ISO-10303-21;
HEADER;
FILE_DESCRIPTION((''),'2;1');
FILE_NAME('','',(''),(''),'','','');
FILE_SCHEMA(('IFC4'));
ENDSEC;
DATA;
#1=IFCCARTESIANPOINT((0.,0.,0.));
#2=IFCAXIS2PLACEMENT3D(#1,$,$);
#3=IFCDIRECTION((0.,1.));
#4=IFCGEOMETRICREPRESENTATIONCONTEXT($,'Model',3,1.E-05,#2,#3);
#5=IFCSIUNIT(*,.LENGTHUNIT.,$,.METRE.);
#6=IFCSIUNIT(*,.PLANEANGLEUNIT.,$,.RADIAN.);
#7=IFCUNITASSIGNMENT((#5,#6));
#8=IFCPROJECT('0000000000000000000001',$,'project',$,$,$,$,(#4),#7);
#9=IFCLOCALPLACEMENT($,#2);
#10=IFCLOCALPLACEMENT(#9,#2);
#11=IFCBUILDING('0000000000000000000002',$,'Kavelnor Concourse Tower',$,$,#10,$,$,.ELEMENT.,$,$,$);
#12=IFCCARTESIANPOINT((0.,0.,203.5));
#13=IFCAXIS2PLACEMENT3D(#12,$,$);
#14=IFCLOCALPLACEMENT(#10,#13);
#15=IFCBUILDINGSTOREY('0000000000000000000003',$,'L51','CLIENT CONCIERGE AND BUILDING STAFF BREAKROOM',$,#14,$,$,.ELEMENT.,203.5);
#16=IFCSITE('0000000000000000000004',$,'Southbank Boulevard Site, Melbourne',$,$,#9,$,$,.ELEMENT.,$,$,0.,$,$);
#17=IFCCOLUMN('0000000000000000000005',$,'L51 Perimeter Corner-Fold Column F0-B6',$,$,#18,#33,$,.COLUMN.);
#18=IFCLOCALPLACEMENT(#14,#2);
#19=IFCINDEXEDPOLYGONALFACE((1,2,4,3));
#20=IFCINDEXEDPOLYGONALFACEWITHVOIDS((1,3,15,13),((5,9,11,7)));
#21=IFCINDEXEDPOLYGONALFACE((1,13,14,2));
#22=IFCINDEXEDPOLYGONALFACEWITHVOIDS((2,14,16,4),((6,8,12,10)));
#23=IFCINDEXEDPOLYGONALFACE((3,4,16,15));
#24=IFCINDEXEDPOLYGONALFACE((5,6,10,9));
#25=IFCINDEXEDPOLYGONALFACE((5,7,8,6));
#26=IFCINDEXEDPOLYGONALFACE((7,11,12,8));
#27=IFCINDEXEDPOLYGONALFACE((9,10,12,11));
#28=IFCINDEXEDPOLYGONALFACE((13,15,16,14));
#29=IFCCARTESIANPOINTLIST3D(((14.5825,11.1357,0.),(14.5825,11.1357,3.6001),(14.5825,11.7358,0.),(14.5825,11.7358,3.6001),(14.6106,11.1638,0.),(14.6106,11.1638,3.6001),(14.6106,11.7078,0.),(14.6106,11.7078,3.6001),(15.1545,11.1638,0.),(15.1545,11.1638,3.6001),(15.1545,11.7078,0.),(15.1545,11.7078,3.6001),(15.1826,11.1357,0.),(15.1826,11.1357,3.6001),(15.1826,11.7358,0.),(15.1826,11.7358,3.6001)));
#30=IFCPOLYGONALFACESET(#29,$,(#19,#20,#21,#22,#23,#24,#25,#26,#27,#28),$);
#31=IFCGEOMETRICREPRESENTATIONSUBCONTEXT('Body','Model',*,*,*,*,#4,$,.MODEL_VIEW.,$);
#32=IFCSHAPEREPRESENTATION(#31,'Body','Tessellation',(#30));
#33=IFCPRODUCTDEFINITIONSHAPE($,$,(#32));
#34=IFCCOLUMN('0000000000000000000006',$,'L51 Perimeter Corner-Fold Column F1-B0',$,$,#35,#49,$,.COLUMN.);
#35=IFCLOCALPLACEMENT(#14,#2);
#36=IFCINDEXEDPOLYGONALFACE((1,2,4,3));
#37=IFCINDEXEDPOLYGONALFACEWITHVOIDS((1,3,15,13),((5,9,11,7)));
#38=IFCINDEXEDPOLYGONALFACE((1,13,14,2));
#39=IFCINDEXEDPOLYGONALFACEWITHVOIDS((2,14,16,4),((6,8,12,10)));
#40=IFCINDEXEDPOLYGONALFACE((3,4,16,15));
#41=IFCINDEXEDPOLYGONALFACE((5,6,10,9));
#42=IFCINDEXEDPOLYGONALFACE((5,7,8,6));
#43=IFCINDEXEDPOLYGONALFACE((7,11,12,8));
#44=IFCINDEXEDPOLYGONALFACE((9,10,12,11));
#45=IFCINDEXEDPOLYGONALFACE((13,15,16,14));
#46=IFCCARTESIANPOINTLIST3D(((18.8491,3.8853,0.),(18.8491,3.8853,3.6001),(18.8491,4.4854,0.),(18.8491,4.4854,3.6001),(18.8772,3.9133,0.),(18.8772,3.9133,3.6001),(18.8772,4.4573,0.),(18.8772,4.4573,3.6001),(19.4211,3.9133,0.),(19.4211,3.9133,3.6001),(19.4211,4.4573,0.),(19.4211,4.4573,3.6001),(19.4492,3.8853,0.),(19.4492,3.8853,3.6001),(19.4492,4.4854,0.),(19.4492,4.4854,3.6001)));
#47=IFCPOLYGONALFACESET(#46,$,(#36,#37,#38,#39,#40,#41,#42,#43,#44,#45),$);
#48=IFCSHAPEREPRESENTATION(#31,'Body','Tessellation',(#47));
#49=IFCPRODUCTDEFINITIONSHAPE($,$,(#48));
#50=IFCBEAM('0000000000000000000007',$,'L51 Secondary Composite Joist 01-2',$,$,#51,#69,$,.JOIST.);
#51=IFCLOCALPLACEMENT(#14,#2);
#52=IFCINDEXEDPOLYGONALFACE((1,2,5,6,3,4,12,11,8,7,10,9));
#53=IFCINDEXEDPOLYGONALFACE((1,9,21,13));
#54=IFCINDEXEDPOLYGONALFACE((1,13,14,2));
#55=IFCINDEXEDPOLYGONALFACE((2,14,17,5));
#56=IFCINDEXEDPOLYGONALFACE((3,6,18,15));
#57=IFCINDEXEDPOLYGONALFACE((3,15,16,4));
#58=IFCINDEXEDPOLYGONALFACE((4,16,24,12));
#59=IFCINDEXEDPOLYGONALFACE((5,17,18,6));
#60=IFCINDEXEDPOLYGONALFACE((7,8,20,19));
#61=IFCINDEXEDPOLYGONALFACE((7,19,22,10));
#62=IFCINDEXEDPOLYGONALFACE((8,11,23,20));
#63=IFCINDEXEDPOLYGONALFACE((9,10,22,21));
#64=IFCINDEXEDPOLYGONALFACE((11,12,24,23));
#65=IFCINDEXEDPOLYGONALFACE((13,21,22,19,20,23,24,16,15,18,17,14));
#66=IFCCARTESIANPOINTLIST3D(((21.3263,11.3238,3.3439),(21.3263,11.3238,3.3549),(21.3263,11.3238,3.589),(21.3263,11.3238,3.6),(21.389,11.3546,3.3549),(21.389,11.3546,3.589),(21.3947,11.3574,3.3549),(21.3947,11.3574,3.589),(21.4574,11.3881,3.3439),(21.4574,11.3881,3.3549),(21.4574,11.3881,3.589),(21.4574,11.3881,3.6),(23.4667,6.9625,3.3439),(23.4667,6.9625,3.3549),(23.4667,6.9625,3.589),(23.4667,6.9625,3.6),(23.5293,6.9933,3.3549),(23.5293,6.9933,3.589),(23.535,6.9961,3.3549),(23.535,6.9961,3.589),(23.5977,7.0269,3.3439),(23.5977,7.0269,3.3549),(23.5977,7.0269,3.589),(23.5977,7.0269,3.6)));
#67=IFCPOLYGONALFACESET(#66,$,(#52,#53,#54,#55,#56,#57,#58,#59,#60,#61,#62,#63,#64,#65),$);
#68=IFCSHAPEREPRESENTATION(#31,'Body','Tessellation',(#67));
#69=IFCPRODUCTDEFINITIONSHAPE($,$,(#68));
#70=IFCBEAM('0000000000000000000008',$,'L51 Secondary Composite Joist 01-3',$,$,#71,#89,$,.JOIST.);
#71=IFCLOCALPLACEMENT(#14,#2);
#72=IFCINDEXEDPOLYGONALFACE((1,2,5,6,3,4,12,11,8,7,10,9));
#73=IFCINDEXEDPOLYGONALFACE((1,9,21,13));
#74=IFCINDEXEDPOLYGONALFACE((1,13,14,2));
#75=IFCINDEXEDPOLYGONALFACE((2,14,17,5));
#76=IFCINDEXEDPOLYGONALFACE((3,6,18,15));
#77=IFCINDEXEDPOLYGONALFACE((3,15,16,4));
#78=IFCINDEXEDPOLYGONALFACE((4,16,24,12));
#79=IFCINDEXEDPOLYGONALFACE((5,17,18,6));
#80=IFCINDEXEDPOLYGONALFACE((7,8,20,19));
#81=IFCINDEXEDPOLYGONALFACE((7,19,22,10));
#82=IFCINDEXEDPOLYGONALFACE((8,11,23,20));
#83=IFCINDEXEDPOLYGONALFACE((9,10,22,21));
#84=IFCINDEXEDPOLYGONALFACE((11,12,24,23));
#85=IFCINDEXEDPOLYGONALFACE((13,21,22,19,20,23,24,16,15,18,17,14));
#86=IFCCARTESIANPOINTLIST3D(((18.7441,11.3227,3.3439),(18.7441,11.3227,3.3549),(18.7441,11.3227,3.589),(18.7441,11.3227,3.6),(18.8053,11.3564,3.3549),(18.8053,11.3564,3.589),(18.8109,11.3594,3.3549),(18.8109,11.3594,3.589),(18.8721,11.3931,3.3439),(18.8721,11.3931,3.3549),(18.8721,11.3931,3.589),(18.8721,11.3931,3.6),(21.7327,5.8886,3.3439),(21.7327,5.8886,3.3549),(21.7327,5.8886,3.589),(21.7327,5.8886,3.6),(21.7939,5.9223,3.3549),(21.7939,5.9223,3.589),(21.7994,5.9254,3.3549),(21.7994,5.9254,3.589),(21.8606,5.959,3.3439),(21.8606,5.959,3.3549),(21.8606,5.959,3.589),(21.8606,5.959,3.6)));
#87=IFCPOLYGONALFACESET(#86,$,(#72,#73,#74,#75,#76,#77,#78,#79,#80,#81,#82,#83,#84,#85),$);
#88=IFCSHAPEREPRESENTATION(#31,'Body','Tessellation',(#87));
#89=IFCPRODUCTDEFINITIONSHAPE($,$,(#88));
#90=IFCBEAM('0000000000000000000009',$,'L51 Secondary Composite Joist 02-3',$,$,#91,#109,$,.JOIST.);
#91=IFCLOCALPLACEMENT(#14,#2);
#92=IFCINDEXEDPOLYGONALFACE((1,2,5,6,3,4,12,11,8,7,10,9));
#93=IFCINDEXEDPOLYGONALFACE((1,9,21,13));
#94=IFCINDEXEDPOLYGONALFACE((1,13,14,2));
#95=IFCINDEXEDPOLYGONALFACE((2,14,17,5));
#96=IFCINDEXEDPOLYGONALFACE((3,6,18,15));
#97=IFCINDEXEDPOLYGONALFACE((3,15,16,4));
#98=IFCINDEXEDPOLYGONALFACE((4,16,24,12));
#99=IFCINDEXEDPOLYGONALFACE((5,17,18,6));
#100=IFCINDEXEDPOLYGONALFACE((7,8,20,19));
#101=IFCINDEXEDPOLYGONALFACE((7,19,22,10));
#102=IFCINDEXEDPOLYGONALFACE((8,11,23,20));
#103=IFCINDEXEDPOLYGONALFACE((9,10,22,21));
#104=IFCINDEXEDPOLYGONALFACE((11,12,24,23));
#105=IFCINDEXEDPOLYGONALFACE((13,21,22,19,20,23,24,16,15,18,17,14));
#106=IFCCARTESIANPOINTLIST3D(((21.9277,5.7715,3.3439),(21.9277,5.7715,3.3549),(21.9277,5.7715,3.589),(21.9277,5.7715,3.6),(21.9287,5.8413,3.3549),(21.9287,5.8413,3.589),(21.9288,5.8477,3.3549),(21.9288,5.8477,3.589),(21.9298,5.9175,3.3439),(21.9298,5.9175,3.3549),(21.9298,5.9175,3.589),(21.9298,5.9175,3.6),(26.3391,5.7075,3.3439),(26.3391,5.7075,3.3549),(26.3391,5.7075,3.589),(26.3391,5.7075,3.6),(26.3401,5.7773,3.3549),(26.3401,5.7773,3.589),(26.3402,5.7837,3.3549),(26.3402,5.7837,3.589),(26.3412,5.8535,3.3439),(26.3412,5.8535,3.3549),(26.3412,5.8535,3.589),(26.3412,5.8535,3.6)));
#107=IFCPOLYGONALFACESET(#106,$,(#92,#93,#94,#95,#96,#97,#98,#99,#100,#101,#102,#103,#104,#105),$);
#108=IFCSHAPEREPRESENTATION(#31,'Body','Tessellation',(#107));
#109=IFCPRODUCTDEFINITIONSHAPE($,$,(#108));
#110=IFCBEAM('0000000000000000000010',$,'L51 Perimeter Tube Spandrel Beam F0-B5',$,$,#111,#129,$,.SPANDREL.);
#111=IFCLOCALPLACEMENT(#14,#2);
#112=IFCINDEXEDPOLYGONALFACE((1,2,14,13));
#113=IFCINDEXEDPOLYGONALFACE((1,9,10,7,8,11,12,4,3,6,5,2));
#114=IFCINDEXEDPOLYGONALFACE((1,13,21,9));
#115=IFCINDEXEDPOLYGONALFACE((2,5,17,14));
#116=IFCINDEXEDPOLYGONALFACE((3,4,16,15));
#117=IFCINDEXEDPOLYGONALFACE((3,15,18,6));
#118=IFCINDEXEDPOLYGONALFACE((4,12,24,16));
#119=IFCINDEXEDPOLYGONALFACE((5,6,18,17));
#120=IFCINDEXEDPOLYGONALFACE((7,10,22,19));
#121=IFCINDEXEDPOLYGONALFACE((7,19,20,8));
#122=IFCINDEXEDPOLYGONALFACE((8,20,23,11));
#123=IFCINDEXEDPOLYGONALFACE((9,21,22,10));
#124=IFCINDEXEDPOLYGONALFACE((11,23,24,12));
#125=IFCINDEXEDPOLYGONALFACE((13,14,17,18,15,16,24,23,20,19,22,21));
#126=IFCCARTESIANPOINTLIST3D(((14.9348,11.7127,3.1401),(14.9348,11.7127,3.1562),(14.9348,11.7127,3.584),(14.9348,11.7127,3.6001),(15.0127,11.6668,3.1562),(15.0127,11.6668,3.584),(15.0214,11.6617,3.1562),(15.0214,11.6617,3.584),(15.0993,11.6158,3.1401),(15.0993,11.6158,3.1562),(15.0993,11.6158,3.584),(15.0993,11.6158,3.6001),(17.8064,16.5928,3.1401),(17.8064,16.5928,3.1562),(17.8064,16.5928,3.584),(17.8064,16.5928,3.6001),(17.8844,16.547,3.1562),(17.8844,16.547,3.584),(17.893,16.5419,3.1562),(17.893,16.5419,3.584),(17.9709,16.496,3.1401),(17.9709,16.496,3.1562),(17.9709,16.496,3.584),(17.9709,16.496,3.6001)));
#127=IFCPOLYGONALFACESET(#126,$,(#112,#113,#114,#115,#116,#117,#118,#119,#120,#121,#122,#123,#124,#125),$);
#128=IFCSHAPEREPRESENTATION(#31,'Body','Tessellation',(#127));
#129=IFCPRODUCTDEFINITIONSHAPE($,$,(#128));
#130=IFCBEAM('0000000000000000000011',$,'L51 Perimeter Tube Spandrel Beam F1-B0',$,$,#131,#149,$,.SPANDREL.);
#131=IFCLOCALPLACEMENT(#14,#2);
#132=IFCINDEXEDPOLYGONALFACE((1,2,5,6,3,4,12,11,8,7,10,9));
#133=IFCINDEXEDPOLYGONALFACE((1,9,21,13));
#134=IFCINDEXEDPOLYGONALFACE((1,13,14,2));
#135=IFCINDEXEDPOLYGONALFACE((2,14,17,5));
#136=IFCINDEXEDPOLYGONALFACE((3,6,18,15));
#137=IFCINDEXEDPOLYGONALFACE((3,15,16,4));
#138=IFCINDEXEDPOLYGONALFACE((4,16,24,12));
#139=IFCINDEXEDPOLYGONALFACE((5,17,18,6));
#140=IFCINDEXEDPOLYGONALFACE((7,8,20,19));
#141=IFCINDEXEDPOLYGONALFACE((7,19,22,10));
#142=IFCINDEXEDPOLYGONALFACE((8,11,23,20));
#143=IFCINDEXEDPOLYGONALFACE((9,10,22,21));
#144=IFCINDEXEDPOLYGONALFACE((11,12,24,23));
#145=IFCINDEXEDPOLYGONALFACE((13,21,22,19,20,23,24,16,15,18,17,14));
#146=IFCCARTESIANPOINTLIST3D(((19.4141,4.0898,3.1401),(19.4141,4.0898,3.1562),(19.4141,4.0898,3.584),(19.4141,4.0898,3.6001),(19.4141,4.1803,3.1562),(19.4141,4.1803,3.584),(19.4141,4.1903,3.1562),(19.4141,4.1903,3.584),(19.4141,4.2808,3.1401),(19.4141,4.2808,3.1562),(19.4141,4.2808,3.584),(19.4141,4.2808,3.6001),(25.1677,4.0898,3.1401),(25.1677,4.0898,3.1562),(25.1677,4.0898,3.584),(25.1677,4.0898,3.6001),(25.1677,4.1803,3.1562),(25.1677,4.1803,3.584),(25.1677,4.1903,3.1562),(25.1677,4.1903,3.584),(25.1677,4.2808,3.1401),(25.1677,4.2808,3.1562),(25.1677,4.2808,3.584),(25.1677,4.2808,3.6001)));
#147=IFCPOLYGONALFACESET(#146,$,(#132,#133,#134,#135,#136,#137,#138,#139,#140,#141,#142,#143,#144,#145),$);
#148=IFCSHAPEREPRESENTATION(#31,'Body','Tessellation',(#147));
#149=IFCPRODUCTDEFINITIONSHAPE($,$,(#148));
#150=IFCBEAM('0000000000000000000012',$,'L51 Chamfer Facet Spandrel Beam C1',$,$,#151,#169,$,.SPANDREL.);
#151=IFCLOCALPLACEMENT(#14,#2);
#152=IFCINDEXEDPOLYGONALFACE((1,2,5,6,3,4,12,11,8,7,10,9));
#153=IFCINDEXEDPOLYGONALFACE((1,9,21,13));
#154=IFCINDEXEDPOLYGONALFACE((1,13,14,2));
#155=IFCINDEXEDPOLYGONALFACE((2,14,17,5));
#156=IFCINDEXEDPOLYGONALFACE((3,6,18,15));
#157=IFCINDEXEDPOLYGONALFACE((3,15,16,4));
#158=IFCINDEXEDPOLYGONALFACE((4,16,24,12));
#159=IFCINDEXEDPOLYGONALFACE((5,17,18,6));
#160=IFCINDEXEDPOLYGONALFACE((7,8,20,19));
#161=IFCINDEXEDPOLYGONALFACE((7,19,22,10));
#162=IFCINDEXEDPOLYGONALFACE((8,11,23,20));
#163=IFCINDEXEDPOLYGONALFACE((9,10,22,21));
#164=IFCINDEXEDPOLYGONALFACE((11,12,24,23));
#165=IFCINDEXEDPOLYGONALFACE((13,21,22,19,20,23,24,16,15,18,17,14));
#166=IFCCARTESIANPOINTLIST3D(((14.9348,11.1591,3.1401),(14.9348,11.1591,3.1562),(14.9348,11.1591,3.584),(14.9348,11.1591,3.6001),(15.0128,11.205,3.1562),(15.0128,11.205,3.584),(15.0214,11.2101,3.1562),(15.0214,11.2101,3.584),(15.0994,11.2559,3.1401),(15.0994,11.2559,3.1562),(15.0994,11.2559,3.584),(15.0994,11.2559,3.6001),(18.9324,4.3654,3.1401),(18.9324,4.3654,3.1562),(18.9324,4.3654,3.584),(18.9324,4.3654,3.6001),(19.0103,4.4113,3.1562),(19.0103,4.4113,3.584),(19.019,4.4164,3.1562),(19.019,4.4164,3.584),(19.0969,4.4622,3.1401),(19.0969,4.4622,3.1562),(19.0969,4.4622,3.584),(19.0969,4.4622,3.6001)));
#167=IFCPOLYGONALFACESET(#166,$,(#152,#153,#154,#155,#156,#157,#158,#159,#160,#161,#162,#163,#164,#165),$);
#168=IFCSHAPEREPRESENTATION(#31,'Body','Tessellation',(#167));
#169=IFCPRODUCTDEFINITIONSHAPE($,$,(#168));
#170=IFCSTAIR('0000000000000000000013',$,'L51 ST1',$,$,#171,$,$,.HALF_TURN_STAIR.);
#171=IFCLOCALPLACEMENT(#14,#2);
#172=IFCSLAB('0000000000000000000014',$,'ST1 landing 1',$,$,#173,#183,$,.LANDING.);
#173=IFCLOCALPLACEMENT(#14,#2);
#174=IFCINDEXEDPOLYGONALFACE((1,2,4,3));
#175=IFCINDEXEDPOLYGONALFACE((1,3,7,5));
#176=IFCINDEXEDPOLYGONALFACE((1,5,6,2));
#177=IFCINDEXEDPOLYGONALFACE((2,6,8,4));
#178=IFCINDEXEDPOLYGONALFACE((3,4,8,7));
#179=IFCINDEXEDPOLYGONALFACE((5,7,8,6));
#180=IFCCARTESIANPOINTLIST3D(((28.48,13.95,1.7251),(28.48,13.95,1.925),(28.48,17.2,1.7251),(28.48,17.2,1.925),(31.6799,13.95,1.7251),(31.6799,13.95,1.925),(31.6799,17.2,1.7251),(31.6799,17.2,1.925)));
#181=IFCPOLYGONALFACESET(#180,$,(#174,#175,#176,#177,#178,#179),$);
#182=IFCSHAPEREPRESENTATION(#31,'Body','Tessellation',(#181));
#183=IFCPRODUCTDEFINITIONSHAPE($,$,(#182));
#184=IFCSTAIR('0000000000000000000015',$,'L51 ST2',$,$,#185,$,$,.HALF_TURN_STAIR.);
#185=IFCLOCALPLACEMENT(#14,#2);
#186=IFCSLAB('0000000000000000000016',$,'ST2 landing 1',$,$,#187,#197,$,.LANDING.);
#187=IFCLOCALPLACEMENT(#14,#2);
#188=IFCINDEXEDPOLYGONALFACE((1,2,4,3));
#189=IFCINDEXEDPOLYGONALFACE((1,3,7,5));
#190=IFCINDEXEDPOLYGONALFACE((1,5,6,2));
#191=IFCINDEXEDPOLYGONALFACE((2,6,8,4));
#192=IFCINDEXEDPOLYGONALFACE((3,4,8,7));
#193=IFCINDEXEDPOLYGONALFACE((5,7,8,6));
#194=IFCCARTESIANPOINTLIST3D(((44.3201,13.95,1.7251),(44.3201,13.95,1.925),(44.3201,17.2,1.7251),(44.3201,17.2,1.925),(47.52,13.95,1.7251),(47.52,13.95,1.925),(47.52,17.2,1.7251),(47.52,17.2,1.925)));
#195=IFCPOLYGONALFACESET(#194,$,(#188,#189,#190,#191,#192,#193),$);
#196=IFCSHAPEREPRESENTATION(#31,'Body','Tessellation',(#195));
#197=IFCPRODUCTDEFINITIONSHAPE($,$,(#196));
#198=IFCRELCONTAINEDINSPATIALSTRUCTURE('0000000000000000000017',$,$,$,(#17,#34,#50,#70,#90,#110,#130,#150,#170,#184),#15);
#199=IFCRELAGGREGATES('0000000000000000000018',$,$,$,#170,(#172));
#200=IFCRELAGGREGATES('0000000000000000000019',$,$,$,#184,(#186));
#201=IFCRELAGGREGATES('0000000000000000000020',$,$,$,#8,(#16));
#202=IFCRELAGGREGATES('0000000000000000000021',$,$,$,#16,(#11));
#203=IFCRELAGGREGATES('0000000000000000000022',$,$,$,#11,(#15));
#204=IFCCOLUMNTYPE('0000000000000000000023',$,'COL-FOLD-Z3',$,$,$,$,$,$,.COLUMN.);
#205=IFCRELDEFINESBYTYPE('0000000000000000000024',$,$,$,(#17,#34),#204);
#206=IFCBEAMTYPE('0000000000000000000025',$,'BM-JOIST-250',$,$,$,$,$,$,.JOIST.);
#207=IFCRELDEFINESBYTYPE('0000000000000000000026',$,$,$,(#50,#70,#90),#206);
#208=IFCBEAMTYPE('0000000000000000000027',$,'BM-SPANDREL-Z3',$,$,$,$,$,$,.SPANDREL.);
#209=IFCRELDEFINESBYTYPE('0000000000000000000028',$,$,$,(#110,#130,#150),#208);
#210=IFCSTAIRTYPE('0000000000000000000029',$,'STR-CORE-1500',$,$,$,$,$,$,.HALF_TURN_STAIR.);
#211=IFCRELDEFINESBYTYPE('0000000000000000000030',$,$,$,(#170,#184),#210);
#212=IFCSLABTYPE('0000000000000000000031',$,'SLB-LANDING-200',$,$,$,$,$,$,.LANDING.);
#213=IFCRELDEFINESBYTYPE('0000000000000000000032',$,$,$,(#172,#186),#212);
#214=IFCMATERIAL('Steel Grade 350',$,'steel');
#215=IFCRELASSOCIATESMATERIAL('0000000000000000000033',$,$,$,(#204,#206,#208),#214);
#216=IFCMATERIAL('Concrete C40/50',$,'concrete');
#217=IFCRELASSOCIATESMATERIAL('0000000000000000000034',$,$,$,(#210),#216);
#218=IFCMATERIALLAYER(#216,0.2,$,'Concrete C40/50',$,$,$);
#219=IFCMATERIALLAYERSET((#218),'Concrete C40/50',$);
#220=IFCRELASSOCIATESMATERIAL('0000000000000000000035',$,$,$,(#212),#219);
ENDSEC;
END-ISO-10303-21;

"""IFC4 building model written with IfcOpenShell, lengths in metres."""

from ifc_helpers import new_model, si_unit, direction, frame, origin, origin_2d, place, context, subcontext, project, spatial, polyline, hollow_rectangle, i_section, outline, extrude, material, layer, layer_set, material_profile, profile_set, type_object, element, aggregate, save


model = new_model("IFC4")

# Units and contexts
model_context = context("Model", 3, precision=1e-05, world=origin(), true_north=direction((0.0, 1.0)))
body_context = subcontext(model_context, "Body", "Model", "MODEL_VIEW")
ifc_project = project(units=[si_unit("LENGTHUNIT", "METRE"), si_unit("PLANEANGLEUNIT", "RADIAN")], contexts=[model_context])

# Site, building, storey
site_placement = place(None, origin())
site = spatial("IfcSite", under=ifc_project, at=site_placement, Name="Southbank Boulevard Site, Melbourne", CompositionType="ELEMENT", RefElevation=0.0)
building_placement = place(site_placement, origin())
building = spatial("IfcBuilding", under=site, at=building_placement, Name="Kavelnor Concourse Tower", CompositionType="ELEMENT")
storey_placement = place(building_placement, frame((0.0, 0.0, 203.5)))
storey = spatial("IfcBuildingStorey", under=building, at=storey_placement, Name="L51", Description="CLIENT CONCIERGE AND BUILDING STAFF BREAKROOM", CompositionType="ELEMENT", Elevation=203.5)

# Columns
ifc_material_1 = material(Name="Steel Grade 350", Category="steel")
ifc_material_profile_1 = material_profile(ifc_material_1, hollow_rectangle(XDim=0.6001, YDim=0.6001, WallThickness=0.0281, at=origin_2d()), Name="SHS 600x600x28")
ifc_profile_set_1 = profile_set([ifc_material_profile_1], Name="Steel Grade 350")
column_type = type_object("IfcColumnType", Name="COL-FOLD-Z3", PredefinedType="COLUMN", material=ifc_profile_set_1)
for number, where, z_axis, x_axis, name in (
    (1, (14.8826, 11.4358, 0.0), (0.0, 0.0, 1.0), (1.0, 0.0, 0.0), "L51 Perimeter Corner-Fold Column F0-B6"),
    (2, (19.1492, 4.1853, 0.0), (0.0, 0.0, 1.0), (1.0, 0.0, 0.0), "L51 Perimeter Corner-Fold Column F1-B0"),
):
    element("IfcColumn", number, at=place(storey_placement, frame(where, z_axis=z_axis, x_axis=x_axis)), inside=storey, type_object=column_type, Name=name, PredefinedType="COLUMN", context=body_context, shape_type="SweptSolid", body=[
        extrude(hollow_rectangle(XDim=0.6001, YDim=0.6001, WallThickness=0.0281, at=origin_2d()), origin(), (0.0, 0.0, 1.0), 3.6001),
    ])

# Beams
ifc_material_profile_2 = material_profile(ifc_material_1, i_section(OverallWidth=0.146, OverallDepth=0.2561, WebThickness=0.0063, FlangeThickness=0.011, at=origin_2d()), Name="250UB37")
ifc_profile_set_2 = profile_set([ifc_material_profile_2], Name="Steel Grade 350")
beam_type_1 = type_object("IfcBeamType", Name="BM-JOIST-250", PredefinedType="JOIST", material=ifc_profile_set_2)
beam_1_placement = place(storey_placement, frame((21.3918, 11.356, 3.4719), z_axis=(0.440568, -0.897719, 0.0), x_axis=(0.897719, 0.440568, 0.0)))
element("IfcBeam", 3, at=beam_1_placement, inside=storey, type_object=beam_type_1, Name="L51 Secondary Composite Joist 01-2", PredefinedType="JOIST", context=body_context, shape_type="SweptSolid", body=[
    extrude(i_section(OverallWidth=0.146, OverallDepth=0.2561, WebThickness=0.0063, FlangeThickness=0.011, at=origin_2d()), origin(), (0.0, 0.0, 1.0), 4.8582),
])
beam_2_placement = place(storey_placement, frame((18.8081, 11.3579, 3.4719), z_axis=(0.481892, -0.876231, 0.0), x_axis=(0.876231, 0.481892, 0.0)))
element("IfcBeam", 4, at=beam_2_placement, inside=storey, type_object=beam_type_1, Name="L51 Secondary Composite Joist 01-3", PredefinedType="JOIST", context=body_context, shape_type="SweptSolid", body=[
    extrude(i_section(OverallWidth=0.146, OverallDepth=0.2561, WebThickness=0.0063, FlangeThickness=0.011, at=origin_2d()), origin(), (0.0, 0.0, 1.0), 6.2017),
])
beam_3_placement = place(storey_placement, frame((21.9287, 5.8445, 3.4719), z_axis=(0.999895, -0.014498, 0.0), x_axis=(0.014498, 0.999895, 0.0)))
element("IfcBeam", 5, at=beam_3_placement, inside=storey, type_object=beam_type_1, Name="L51 Secondary Composite Joist 02-3", PredefinedType="JOIST", context=body_context, shape_type="SweptSolid", body=[
    extrude(i_section(OverallWidth=0.146, OverallDepth=0.2561, WebThickness=0.0063, FlangeThickness=0.011, at=origin_2d()), origin(), (0.0, 0.0, 1.0), 4.4119),
])
ifc_material_profile_3 = material_profile(ifc_material_1, i_section(OverallWidth=0.1909, OverallDepth=0.46, WebThickness=0.01, FlangeThickness=0.0161, at=origin_2d()), Name="460UB82")
ifc_profile_set_3 = profile_set([ifc_material_profile_3], Name="Steel Grade 350")
beam_type_2 = type_object("IfcBeamType", Name="BM-SPANDREL-Z3", PredefinedType="SPANDREL", material=ifc_profile_set_3)
beam_4_placement = place(storey_placement, frame((17.8887, 16.5444, 3.3701), z_axis=(-0.507141, -0.861863, 0.0), x_axis=(0.861863, -0.507141, 0.0)))
element("IfcBeam", 6, at=beam_4_placement, inside=storey, type_object=beam_type_2, Name="L51 Perimeter Tube Spandrel Beam F0-B5", PredefinedType="SPANDREL", context=body_context, shape_type="SweptSolid", body=[
    extrude(i_section(OverallWidth=0.1909, OverallDepth=0.46, WebThickness=0.01, FlangeThickness=0.0161, at=origin_2d()), origin(), (0.0, 0.0, 1.0), 5.6624),
])
beam_5_placement = place(storey_placement, frame((19.4141, 4.1853, 3.3701), z_axis=(1.0, 0.0, 0.0), x_axis=(0.0, 1.0, 0.0)))
element("IfcBeam", 7, at=beam_5_placement, inside=storey, type_object=beam_type_2, Name="L51 Perimeter Tube Spandrel Beam F1-B0", PredefinedType="SPANDREL", context=body_context, shape_type="SweptSolid", body=[
    extrude(i_section(OverallWidth=0.1909, OverallDepth=0.46, WebThickness=0.01, FlangeThickness=0.0161, at=origin_2d()), origin(), (0.0, 0.0, 1.0), 5.7537),
])
beam_6_placement = place(storey_placement, frame((15.0171, 11.2075, 3.3701), z_axis=(0.507139, -0.861864, 0.0), x_axis=(0.861864, 0.507139, 0.0)))
element("IfcBeam", 8, at=beam_6_placement, inside=storey, type_object=beam_type_2, Name="L51 Chamfer Facet Spandrel Beam C1", PredefinedType="SPANDREL", context=body_context, shape_type="SweptSolid", body=[
    extrude(i_section(OverallWidth=0.1909, OverallDepth=0.46, WebThickness=0.01, FlangeThickness=0.0161, at=origin_2d()), origin(), (0.0, 0.0, 1.0), 7.8826),
])

# Stairs, slabs
ifc_material_2 = material(Name="Concrete C40/50", Category="concrete")
stair_type = type_object("IfcStairType", Name="STR-CORE-1500", PredefinedType="HALF_TURN_STAIR", material=ifc_material_2)
stair_1_placement = place(storey_placement, origin())
stair_1 = element("IfcStair", 9, at=stair_1_placement, inside=storey, type_object=stair_type, Name="L51 ST1", PredefinedType="HALF_TURN_STAIR")
ifc_layer_1 = layer(ifc_material_2, 0.2, Name="Concrete C40/50")
ifc_layer_set_1 = layer_set([ifc_layer_1], Name="Concrete C40/50")
slab_type_1 = type_object("IfcSlabType", Name="SLB-LANDING-200", PredefinedType="LANDING", material=ifc_layer_set_1)
slab_1_placement = place(storey_placement, frame((0.0, 0.0, 1.7251)))
slab_1 = element("IfcSlab", 10, at=slab_1_placement, type_object=slab_type_1, Name="ST1 landing 1", PredefinedType="LANDING", context=body_context, shape_type="SweptSolid", body=[
    extrude(outline(polyline([(31.6799, 13.95), (31.6799, 17.2), (28.48, 17.2), (28.48, 13.95), (31.6799, 13.95)])), origin(), (0.0, 0.0, 1.0), 0.2),
])
aggregate(stair_1, [slab_1])
stair_2_placement = place(storey_placement, origin())
stair_2 = element("IfcStair", 11, at=stair_2_placement, inside=storey, type_object=stair_type, Name="L51 ST2", PredefinedType="HALF_TURN_STAIR")
slab_2_placement = place(storey_placement, frame((0.0, 0.0, 1.7251)))
slab_2 = element("IfcSlab", 12, at=slab_2_placement, type_object=slab_type_1, Name="ST2 landing 1", PredefinedType="LANDING", context=body_context, shape_type="SweptSolid", body=[
    extrude(outline(polyline([(47.52, 13.95), (47.52, 17.2), (44.3201, 17.2), (44.3201, 13.95), (47.52, 13.95)])), origin(), (0.0, 0.0, 1.0), 0.2),
])
aggregate(stair_2, [slab_2])

save(model, "model.ifc")
